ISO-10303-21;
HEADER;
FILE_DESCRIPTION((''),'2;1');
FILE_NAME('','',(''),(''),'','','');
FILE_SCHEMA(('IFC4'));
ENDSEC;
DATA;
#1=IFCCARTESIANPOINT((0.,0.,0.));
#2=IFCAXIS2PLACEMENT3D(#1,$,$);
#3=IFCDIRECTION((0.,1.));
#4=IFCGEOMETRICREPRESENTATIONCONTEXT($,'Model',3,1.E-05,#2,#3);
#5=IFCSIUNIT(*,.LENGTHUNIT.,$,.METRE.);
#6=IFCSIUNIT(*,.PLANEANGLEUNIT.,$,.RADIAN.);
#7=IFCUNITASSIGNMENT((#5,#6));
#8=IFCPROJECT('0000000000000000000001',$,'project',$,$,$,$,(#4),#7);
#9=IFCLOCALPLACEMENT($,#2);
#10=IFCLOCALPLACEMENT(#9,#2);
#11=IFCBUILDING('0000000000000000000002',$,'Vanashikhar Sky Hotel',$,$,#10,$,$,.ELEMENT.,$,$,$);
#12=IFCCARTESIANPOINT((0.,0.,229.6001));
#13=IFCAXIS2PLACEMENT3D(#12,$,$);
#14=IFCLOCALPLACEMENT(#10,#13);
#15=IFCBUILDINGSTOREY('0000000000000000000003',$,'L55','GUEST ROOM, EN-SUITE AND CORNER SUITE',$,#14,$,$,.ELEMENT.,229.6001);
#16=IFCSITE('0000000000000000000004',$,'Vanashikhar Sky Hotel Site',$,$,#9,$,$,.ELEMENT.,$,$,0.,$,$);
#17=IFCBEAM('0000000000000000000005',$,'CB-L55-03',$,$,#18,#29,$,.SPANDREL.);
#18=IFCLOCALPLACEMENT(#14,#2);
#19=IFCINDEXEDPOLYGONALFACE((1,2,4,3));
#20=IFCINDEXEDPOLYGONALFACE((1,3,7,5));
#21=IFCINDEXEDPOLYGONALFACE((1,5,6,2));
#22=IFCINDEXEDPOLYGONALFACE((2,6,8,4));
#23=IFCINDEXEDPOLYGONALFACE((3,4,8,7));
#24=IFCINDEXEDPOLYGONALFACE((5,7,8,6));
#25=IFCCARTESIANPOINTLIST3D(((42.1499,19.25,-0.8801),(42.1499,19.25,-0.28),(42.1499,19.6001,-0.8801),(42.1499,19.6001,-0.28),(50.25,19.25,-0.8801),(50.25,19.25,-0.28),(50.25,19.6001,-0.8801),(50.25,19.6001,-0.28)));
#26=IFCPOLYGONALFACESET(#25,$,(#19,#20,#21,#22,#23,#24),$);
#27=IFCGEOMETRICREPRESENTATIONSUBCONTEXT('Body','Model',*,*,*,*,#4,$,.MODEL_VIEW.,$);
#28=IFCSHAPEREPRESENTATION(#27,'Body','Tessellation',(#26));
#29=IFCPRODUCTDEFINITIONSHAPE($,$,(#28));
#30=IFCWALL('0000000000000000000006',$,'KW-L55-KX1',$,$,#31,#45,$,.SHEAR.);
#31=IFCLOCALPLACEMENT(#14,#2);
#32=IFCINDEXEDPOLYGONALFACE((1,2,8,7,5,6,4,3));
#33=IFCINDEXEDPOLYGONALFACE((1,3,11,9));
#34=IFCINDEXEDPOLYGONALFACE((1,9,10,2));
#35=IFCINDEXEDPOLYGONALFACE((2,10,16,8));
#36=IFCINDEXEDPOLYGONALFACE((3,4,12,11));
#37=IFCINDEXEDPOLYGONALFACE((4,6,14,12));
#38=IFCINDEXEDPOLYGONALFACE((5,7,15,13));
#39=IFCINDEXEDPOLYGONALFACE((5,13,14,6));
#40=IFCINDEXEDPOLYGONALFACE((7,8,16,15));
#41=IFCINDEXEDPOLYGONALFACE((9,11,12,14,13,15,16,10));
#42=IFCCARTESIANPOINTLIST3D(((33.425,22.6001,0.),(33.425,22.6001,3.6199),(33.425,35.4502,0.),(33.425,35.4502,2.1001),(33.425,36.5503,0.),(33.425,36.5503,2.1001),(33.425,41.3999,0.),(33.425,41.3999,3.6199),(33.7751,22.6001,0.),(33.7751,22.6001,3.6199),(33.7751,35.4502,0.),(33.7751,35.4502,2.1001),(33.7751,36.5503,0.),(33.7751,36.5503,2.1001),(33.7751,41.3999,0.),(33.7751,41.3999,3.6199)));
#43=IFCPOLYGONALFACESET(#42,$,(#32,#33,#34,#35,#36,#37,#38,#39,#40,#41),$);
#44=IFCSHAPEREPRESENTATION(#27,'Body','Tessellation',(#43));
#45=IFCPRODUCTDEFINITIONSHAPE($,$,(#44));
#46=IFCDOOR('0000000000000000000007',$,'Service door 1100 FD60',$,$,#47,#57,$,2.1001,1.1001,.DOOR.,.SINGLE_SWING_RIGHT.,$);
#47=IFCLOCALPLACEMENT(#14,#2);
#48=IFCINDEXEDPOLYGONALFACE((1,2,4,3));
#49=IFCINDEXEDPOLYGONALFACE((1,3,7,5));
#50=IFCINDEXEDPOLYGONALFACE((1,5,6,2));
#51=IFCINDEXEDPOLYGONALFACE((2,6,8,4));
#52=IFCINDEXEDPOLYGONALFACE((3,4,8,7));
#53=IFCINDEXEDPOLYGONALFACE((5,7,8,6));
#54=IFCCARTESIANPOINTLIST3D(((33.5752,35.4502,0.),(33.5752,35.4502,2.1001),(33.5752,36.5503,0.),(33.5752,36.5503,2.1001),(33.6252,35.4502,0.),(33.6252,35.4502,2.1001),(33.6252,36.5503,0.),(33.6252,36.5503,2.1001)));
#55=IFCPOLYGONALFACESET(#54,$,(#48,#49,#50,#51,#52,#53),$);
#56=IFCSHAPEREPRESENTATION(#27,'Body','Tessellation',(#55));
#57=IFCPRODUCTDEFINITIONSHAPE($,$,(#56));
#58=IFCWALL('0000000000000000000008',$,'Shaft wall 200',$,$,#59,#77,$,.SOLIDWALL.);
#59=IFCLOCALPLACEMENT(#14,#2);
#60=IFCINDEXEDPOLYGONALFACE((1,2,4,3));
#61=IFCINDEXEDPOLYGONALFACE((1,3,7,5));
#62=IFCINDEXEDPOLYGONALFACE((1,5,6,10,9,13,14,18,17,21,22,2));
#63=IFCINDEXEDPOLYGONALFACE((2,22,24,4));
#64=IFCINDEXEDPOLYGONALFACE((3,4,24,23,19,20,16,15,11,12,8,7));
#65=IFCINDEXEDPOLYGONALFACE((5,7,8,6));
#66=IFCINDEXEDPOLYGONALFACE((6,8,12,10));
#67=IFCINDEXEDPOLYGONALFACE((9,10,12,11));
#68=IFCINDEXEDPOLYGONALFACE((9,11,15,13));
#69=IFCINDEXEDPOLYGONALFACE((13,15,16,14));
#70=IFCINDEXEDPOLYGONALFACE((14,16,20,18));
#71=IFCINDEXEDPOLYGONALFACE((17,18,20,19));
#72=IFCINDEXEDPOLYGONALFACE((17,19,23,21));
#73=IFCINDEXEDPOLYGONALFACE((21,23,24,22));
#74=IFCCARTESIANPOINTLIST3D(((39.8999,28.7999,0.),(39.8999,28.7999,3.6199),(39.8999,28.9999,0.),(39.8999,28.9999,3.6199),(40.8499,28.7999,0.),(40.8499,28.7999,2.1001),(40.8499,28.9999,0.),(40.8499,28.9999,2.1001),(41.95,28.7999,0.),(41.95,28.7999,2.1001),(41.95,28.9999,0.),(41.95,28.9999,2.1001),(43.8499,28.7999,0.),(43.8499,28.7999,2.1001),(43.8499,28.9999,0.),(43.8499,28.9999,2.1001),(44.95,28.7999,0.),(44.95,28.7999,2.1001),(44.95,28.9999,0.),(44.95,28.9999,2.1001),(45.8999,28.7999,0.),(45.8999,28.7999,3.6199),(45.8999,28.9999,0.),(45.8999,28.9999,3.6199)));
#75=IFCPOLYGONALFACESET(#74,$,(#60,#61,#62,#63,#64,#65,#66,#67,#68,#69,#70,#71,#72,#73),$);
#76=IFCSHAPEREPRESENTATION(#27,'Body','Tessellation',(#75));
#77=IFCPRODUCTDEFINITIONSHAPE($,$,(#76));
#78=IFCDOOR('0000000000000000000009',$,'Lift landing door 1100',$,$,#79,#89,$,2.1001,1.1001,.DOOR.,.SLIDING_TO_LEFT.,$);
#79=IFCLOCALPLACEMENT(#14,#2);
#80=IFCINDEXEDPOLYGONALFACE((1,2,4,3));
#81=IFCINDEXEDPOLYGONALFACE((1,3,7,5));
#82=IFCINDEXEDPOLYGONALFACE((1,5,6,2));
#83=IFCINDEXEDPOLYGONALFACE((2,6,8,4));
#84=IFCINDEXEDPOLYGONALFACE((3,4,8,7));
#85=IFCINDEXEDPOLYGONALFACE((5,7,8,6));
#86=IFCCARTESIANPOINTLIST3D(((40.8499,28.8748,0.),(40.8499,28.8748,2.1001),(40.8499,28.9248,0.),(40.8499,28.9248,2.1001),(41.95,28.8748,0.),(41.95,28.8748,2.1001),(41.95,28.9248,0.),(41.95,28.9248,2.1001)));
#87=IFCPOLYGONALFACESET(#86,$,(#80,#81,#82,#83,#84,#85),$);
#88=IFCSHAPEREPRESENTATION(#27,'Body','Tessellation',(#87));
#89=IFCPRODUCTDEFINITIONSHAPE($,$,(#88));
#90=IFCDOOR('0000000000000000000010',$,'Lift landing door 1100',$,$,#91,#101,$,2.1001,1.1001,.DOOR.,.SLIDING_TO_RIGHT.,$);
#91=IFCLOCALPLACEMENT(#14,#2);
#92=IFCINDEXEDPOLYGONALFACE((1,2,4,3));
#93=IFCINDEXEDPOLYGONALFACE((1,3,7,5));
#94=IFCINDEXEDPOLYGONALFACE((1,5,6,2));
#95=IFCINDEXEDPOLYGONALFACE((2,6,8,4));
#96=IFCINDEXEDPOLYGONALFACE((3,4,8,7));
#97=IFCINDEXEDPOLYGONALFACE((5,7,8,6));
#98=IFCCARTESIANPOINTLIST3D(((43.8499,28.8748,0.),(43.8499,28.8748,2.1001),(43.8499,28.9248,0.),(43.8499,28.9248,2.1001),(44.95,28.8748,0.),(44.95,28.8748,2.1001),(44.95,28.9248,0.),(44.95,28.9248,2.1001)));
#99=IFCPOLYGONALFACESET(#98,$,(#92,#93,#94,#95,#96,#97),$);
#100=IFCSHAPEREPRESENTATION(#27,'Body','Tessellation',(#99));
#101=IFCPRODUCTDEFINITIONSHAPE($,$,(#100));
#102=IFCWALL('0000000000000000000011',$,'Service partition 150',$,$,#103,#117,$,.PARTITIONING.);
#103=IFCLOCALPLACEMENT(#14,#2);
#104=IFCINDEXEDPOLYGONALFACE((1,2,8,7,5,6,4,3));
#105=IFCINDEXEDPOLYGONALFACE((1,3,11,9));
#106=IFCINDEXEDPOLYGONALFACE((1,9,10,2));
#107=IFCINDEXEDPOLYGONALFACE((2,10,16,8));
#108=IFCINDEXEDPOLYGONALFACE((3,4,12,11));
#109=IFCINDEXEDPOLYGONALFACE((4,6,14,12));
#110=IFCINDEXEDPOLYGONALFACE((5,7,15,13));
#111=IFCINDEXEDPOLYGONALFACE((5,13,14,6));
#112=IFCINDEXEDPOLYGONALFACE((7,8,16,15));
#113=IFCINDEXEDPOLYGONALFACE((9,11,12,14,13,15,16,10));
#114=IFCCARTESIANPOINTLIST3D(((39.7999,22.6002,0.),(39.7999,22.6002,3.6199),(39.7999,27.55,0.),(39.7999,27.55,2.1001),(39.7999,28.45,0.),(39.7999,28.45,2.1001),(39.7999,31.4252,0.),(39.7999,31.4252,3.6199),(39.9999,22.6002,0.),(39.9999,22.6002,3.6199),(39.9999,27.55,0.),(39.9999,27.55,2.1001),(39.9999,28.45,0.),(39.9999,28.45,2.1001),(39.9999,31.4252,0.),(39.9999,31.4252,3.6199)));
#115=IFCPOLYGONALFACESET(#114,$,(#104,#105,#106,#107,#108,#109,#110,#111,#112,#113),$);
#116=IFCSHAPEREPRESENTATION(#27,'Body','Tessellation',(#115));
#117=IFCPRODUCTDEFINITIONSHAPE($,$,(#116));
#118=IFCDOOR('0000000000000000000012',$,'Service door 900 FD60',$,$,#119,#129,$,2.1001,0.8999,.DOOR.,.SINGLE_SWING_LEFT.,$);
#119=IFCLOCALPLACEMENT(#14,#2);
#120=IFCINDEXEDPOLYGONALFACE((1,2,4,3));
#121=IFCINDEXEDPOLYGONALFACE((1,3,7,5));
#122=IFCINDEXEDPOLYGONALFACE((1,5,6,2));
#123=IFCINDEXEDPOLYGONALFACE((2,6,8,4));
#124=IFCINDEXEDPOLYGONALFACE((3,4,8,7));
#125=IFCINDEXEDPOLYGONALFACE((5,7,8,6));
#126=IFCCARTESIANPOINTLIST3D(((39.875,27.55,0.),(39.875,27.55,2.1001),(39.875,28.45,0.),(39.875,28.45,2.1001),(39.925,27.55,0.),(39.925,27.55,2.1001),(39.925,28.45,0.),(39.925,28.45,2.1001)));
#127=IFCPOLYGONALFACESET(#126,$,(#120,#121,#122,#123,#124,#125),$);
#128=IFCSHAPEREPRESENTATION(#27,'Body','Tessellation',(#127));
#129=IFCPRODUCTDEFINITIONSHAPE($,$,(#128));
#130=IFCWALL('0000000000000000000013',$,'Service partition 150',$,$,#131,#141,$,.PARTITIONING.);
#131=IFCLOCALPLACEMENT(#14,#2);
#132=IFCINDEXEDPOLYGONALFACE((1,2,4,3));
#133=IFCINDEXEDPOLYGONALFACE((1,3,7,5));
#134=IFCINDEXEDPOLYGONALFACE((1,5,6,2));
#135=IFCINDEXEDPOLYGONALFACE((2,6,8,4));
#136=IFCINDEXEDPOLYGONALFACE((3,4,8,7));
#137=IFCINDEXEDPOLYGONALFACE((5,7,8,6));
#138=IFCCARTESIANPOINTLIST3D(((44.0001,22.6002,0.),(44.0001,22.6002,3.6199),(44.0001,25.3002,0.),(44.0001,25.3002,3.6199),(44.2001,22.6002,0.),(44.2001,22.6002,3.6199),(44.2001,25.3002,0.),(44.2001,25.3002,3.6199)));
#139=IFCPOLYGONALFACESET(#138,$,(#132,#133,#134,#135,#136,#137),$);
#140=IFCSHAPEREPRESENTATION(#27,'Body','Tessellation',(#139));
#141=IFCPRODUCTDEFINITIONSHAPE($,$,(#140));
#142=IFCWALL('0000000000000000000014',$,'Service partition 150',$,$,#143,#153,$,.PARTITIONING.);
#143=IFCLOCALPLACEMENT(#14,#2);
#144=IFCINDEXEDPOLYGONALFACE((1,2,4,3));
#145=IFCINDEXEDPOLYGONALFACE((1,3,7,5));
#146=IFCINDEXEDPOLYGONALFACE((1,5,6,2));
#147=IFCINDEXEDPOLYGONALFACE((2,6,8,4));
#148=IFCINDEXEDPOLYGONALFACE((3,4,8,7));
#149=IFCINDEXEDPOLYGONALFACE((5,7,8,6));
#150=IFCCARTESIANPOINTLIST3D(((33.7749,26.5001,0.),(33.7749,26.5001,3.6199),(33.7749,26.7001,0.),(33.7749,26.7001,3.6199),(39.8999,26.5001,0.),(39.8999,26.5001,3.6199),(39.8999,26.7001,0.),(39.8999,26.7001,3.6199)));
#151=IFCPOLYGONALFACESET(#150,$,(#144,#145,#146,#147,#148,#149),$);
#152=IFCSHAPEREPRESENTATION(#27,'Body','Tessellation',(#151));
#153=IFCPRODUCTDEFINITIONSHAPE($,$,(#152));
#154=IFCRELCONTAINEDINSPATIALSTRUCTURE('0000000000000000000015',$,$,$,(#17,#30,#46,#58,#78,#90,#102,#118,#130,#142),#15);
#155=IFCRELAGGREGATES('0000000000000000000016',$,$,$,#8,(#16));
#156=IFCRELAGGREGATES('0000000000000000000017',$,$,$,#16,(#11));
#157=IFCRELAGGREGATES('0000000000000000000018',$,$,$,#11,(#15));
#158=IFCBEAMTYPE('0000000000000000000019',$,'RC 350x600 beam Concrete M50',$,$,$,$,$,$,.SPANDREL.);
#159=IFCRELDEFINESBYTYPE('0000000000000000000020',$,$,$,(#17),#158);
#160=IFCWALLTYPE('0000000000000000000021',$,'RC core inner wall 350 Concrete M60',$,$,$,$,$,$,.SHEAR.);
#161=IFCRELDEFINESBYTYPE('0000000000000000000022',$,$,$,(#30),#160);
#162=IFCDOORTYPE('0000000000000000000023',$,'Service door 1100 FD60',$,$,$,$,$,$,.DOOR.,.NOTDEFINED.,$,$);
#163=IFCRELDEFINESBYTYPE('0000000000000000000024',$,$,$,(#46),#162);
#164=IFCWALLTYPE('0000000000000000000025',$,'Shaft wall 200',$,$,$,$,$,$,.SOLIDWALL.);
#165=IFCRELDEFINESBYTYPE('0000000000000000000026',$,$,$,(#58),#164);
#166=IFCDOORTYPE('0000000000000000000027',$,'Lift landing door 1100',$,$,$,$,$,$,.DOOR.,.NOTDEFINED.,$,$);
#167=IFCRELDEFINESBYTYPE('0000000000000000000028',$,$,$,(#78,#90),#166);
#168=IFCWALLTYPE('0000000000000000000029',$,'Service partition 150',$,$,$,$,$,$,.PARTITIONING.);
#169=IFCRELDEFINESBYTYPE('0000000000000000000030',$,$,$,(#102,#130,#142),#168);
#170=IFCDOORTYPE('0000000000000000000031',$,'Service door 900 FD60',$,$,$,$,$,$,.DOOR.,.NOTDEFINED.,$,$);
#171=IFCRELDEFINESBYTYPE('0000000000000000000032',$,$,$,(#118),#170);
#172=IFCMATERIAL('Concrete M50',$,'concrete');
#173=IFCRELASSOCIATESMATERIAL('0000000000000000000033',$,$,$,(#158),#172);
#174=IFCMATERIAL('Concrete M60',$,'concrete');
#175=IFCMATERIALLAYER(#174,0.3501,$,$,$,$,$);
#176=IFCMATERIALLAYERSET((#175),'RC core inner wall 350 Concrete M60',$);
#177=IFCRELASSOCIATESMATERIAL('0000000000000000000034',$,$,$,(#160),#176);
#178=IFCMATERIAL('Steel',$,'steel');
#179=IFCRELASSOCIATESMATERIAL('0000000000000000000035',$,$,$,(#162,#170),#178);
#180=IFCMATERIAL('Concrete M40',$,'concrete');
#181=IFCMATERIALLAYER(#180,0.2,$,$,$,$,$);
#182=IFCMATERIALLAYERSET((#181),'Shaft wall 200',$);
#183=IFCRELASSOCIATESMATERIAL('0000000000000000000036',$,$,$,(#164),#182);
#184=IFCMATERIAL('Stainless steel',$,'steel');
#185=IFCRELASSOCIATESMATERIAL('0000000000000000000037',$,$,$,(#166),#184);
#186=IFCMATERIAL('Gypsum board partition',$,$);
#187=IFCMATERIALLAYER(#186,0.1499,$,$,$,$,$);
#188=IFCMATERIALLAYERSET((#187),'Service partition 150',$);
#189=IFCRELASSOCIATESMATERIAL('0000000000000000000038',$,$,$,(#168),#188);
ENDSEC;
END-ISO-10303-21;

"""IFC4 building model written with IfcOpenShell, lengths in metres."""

from ifc_helpers import new_model, si_unit, direction, frame, frame_2d, origin, origin_2d, place, context, subcontext, project, spatial, rectangle, extrude, source, transform, mapped, material, layer, layer_set, material_profile, profile_set, type_object, element, fill, save


model = new_model("IFC4")

# Units and contexts
model_context = context("Model", 3, precision=1e-05, world=origin(), true_north=direction((0.0, 1.0)))
body_context = subcontext(model_context, "Body", "Model", "MODEL_VIEW")
ifc_project = project(units=[si_unit("LENGTHUNIT", "METRE"), si_unit("PLANEANGLEUNIT", "RADIAN")], contexts=[model_context])

# Site, building, storey
site_placement = place(None, origin())
site = spatial("IfcSite", under=ifc_project, at=site_placement, Name="Vanashikhar Sky Hotel Site", CompositionType="ELEMENT", RefElevation=0.0)
building_placement = place(site_placement, origin())
building = spatial("IfcBuilding", under=site, at=building_placement, Name="Vanashikhar Sky Hotel", CompositionType="ELEMENT")
storey_placement = place(building_placement, frame((0.0, 0.0, 229.6001)))
storey = spatial("IfcBuildingStorey", under=building, at=storey_placement, Name="L55", Description="GUEST ROOM, EN-SUITE AND CORNER SUITE", CompositionType="ELEMENT", Elevation=229.6001)

# Beam
ifc_material_1 = material(Name="Concrete M50", Category="concrete")
ifc_material_profile = material_profile(ifc_material_1, rectangle(XDim=0.3501, YDim=0.6001, at=origin_2d()))
ifc_profile_set = profile_set([ifc_material_profile], Name="RC 350x600 beam Concrete M50")
beam_type = type_object("IfcBeamType", Name="RC 350x600 beam Concrete M50", PredefinedType="SPANDREL", material=ifc_profile_set)
shared_shape_1 = source(origin(), body_context, "Body", "SweptSolid", [
    extrude(rectangle(XDim=0.3501, YDim=0.6001, at=origin_2d()), origin(), (0.0, 0.0, 1.0), 8.1001),
])
beam_placement = place(storey_placement, frame((42.1499, 19.425, -0.5801), z_axis=(1.0, 0.0, 0.0), x_axis=(0.0, 1.0, 0.0)))
element("IfcBeam", 1, at=beam_placement, inside=storey, type_object=beam_type, Name="CB-L55-03", PredefinedType="SPANDREL", context=body_context, shape_type="MappedRepresentation", body=[
    mapped(shared_shape_1, transform((0.0, 0.0, 0.0), scale=1.0)),
])

# Wall, opening, door
ifc_material_2 = material(Name="Concrete M60", Category="concrete")
ifc_layer_1 = layer(ifc_material_2, 0.3501)
ifc_layer_set_1 = layer_set([ifc_layer_1], Name="RC core inner wall 350 Concrete M60")
wall_type_1 = type_object("IfcWallType", Name="RC core inner wall 350 Concrete M60", PredefinedType="SHEAR", material=ifc_layer_set_1)
shared_shape_2 = source(origin(), body_context, "Body", "SweptSolid", [
    extrude(rectangle(XDim=18.7998, YDim=0.3501, at=frame_2d((9.3999, 0.0))), origin(), (0.0, 0.0, 1.0), 3.6199),
])
wall_1_placement = place(storey_placement, frame((33.6001, 22.6001, 0.0), z_axis=(0.0, 0.0, 1.0), x_axis=(0.0, 1.0, 0.0)))
wall_1 = element("IfcWall", 2, at=wall_1_placement, inside=storey, type_object=wall_type_1, Name="KW-L55-KX1", PredefinedType="SHEAR", context=body_context, shape_type="MappedRepresentation", body=[
    mapped(shared_shape_2, transform((0.0, 0.0, 0.0), scale=1.0)),
])
shared_shape_3 = source(origin(), body_context, "Body", "SweptSolid", [
    extrude(rectangle(XDim=1.1001, YDim=2.1001, at=frame_2d((0.55, 1.05))), frame((0.0, 0.1851, 0.0), z_axis=(0.0, -1.0, 0.0), x_axis=(1.0, 0.0, 0.0)), (0.0, 0.0, 1.0), 0.3701),
])
opening_1_placement = place(wall_1_placement, frame((12.8501, 0.0, 0.0)))
opening_1 = element("IfcOpeningElement", 3, at=opening_1_placement, cuts=wall_1, PredefinedType="OPENING", context=body_context, shape_type="MappedRepresentation", body=[
    mapped(shared_shape_3, transform((0.0, 0.0, 0.0), scale=1.0)),
])
ifc_material_3 = material(Name="Steel", Category="steel")
door_type_1 = type_object("IfcDoorType", Name="Service door 1100 FD60", OperationType="NOTDEFINED", PredefinedType="DOOR", material=ifc_material_3)
shared_shape_4 = source(origin(), body_context, "Body", "SweptSolid", [
    extrude(rectangle(XDim=1.1001, YDim=2.1001, at=frame_2d((0.55, 1.05))), frame((0.0, 0.0249, 0.0), z_axis=(0.0, -1.0, 0.0), x_axis=(1.0, 0.0, 0.0)), (0.0, 0.0, 1.0), 0.05),
])
door_1_placement = place(opening_1_placement, origin())
door_1 = element("IfcDoor", 4, at=door_1_placement, inside=storey, type_object=door_type_1, Name="Service door 1100 FD60", OperationType="SINGLE_SWING_RIGHT", OverallHeight=2.1001, OverallWidth=1.1001, PredefinedType="DOOR", context=body_context, shape_type="MappedRepresentation", body=[
    mapped(shared_shape_4, transform((0.0, 0.0, 0.0), scale=1.0)),
])
fill(opening_1, door_1)

# Wall, openings, doors
ifc_material_4 = material(Name="Concrete M40", Category="concrete")
ifc_layer_2 = layer(ifc_material_4, 0.2)
ifc_layer_set_2 = layer_set([ifc_layer_2], Name="Shaft wall 200")
wall_type_2 = type_object("IfcWallType", Name="Shaft wall 200", PredefinedType="SOLIDWALL", material=ifc_layer_set_2)
shared_shape_5 = source(origin(), body_context, "Body", "SweptSolid", [
    extrude(rectangle(XDim=6.0, YDim=0.2, at=frame_2d((3.0, 0.0))), origin(), (0.0, 0.0, 1.0), 3.6199),
])
wall_2_placement = place(storey_placement, frame((39.8999, 28.8999, 0.0), z_axis=(0.0, 0.0, 1.0), x_axis=(1.0, 0.0, 0.0)))
wall_2 = element("IfcWall", 5, at=wall_2_placement, inside=storey, type_object=wall_type_2, Name="Shaft wall 200", PredefinedType="SOLIDWALL", context=body_context, shape_type="MappedRepresentation", body=[
    mapped(shared_shape_5, transform((0.0, 0.0, 0.0), scale=1.0)),
])
shared_shape_6 = source(origin(), body_context, "Body", "SweptSolid", [
    extrude(rectangle(XDim=1.1001, YDim=2.1001, at=frame_2d((0.55, 1.05))), frame((0.0, 0.1099, 0.0), z_axis=(0.0, -1.0, 0.0), x_axis=(1.0, 0.0, 0.0)), (0.0, 0.0, 1.0), 0.22),
])
opening_2_placement = place(wall_2_placement, frame((0.95, 0.0, 0.0)))
opening_2 = element("IfcOpeningElement", 6, at=opening_2_placement, cuts=wall_2, PredefinedType="OPENING", context=body_context, shape_type="MappedRepresentation", body=[
    mapped(shared_shape_6, transform((0.0, 0.0, 0.0), scale=1.0)),
])
opening_3_placement = place(wall_2_placement, frame((3.95, 0.0, 0.0)))
opening_3 = element("IfcOpeningElement", 7, at=opening_3_placement, cuts=wall_2, PredefinedType="OPENING", context=body_context, shape_type="MappedRepresentation", body=[
    mapped(shared_shape_6, transform((0.0, 0.0, 0.0), scale=1.0)),
])
ifc_material_5 = material(Name="Stainless steel", Category="steel")
door_type_2 = type_object("IfcDoorType", Name="Lift landing door 1100", OperationType="NOTDEFINED", PredefinedType="DOOR", material=ifc_material_5)
door_2_placement = place(opening_2_placement, origin())
door_2 = element("IfcDoor", 8, at=door_2_placement, inside=storey, type_object=door_type_2, Name="Lift landing door 1100", OperationType="SLIDING_TO_LEFT", OverallHeight=2.1001, OverallWidth=1.1001, PredefinedType="DOOR", context=body_context, shape_type="MappedRepresentation", body=[
    mapped(shared_shape_4, transform((0.0, 0.0, 0.0), scale=1.0)),
])
fill(opening_2, door_2)
door_3_placement = place(opening_3_placement, origin())
door_3 = element("IfcDoor", 9, at=door_3_placement, inside=storey, type_object=door_type_2, Name="Lift landing door 1100", OperationType="SLIDING_TO_RIGHT", OverallHeight=2.1001, OverallWidth=1.1001, PredefinedType="DOOR", context=body_context, shape_type="MappedRepresentation", body=[
    mapped(shared_shape_4, transform((0.0, 0.0, 0.0), scale=1.0)),
])
fill(opening_3, door_3)

# Wall, opening, door
ifc_material_6 = material(Name="Gypsum board partition")
ifc_layer_3 = layer(ifc_material_6, 0.1499)
ifc_layer_set_3 = layer_set([ifc_layer_3], Name="Service partition 150")
wall_type_3 = type_object("IfcWallType", Name="Service partition 150", PredefinedType="PARTITIONING", material=ifc_layer_set_3)
shared_shape_7 = source(origin(), body_context, "Body", "SweptSolid", [
    extrude(rectangle(XDim=8.825, YDim=0.2, at=frame_2d((4.4126, 0.0))), origin(), (0.0, 0.0, 1.0), 3.6199),
])
wall_3_placement = place(storey_placement, frame((39.8999, 22.6001, 0.0), z_axis=(0.0, 0.0, 1.0), x_axis=(0.0, 1.0, 0.0)))
wall_3 = element("IfcWall", 10, at=wall_3_placement, inside=storey, type_object=wall_type_3, Name="Service partition 150", PredefinedType="PARTITIONING", context=body_context, shape_type="MappedRepresentation", body=[
    mapped(shared_shape_7, transform((0.0, 0.0, 0.0), scale=1.0)),
])
shared_shape_8 = source(origin(), body_context, "Body", "SweptSolid", [
    extrude(rectangle(XDim=0.8999, YDim=2.1001, at=frame_2d((0.45, 1.05))), frame((0.0, 0.1099, 0.0), z_axis=(0.0, -1.0, 0.0), x_axis=(1.0, 0.0, 0.0)), (0.0, 0.0, 1.0), 0.22),
])
opening_4_placement = place(wall_3_placement, frame((4.95, 0.0, 0.0)))
opening_4 = element("IfcOpeningElement", 11, at=opening_4_placement, cuts=wall_3, PredefinedType="OPENING", context=body_context, shape_type="MappedRepresentation", body=[
    mapped(shared_shape_8, transform((0.0, 0.0, 0.0), scale=1.0)),
])
door_type_3 = type_object("IfcDoorType", Name="Service door 900 FD60", OperationType="NOTDEFINED", PredefinedType="DOOR", material=ifc_material_3)
shared_shape_9 = source(origin(), body_context, "Body", "SweptSolid", [
    extrude(rectangle(XDim=0.8999, YDim=2.1001, at=frame_2d((0.45, 1.05))), frame((0.0, 0.0249, 0.0), z_axis=(0.0, -1.0, 0.0), x_axis=(1.0, 0.0, 0.0)), (0.0, 0.0, 1.0), 0.05),
])
door_4_placement = place(opening_4_placement, origin())
door_4 = element("IfcDoor", 12, at=door_4_placement, inside=storey, type_object=door_type_3, Name="Service door 900 FD60", OperationType="SINGLE_SWING_LEFT", OverallHeight=2.1001, OverallWidth=0.8999, PredefinedType="DOOR", context=body_context, shape_type="MappedRepresentation", body=[
    mapped(shared_shape_9, transform((0.0, 0.0, 0.0), scale=1.0)),
])
fill(opening_4, door_4)

# Walls
shared_shape_10 = source(origin(), body_context, "Body", "SweptSolid", [
    extrude(rectangle(XDim=2.7, YDim=0.2, at=frame_2d((1.3501, 0.0))), origin(), (0.0, 0.0, 1.0), 3.6199),
])
wall_4_placement = place(storey_placement, frame((44.1001, 22.6001, 0.0), z_axis=(0.0, 0.0, 1.0), x_axis=(0.0, 1.0, 0.0)))
element("IfcWall", 13, at=wall_4_placement, inside=storey, type_object=wall_type_3, Name="Service partition 150", PredefinedType="PARTITIONING", context=body_context, shape_type="MappedRepresentation", body=[
    mapped(shared_shape_10, transform((0.0, 0.0, 0.0), scale=1.0)),
])
shared_shape_11 = source(origin(), body_context, "Body", "SweptSolid", [
    extrude(rectangle(XDim=6.125, YDim=0.2, at=frame_2d((3.0625, 0.0))), origin(), (0.0, 0.0, 1.0), 3.6199),
])
for number, where, z_axis, x_axis, name in (
    (14, (33.7749, 26.6001, 0.0), (0.0, 0.0, 1.0), (1.0, 0.0, 0.0), "Service partition 150"),
):
    element("IfcWall", number, at=place(storey_placement, frame(where, z_axis=z_axis, x_axis=x_axis)), inside=storey, type_object=wall_type_3, Name=name, PredefinedType="PARTITIONING", context=body_context, shape_type="MappedRepresentation", body=[
        mapped(shared_shape_11, transform((0.0, 0.0, 0.0), scale=1.0)),
    ])

save(model, "model.ifc")
